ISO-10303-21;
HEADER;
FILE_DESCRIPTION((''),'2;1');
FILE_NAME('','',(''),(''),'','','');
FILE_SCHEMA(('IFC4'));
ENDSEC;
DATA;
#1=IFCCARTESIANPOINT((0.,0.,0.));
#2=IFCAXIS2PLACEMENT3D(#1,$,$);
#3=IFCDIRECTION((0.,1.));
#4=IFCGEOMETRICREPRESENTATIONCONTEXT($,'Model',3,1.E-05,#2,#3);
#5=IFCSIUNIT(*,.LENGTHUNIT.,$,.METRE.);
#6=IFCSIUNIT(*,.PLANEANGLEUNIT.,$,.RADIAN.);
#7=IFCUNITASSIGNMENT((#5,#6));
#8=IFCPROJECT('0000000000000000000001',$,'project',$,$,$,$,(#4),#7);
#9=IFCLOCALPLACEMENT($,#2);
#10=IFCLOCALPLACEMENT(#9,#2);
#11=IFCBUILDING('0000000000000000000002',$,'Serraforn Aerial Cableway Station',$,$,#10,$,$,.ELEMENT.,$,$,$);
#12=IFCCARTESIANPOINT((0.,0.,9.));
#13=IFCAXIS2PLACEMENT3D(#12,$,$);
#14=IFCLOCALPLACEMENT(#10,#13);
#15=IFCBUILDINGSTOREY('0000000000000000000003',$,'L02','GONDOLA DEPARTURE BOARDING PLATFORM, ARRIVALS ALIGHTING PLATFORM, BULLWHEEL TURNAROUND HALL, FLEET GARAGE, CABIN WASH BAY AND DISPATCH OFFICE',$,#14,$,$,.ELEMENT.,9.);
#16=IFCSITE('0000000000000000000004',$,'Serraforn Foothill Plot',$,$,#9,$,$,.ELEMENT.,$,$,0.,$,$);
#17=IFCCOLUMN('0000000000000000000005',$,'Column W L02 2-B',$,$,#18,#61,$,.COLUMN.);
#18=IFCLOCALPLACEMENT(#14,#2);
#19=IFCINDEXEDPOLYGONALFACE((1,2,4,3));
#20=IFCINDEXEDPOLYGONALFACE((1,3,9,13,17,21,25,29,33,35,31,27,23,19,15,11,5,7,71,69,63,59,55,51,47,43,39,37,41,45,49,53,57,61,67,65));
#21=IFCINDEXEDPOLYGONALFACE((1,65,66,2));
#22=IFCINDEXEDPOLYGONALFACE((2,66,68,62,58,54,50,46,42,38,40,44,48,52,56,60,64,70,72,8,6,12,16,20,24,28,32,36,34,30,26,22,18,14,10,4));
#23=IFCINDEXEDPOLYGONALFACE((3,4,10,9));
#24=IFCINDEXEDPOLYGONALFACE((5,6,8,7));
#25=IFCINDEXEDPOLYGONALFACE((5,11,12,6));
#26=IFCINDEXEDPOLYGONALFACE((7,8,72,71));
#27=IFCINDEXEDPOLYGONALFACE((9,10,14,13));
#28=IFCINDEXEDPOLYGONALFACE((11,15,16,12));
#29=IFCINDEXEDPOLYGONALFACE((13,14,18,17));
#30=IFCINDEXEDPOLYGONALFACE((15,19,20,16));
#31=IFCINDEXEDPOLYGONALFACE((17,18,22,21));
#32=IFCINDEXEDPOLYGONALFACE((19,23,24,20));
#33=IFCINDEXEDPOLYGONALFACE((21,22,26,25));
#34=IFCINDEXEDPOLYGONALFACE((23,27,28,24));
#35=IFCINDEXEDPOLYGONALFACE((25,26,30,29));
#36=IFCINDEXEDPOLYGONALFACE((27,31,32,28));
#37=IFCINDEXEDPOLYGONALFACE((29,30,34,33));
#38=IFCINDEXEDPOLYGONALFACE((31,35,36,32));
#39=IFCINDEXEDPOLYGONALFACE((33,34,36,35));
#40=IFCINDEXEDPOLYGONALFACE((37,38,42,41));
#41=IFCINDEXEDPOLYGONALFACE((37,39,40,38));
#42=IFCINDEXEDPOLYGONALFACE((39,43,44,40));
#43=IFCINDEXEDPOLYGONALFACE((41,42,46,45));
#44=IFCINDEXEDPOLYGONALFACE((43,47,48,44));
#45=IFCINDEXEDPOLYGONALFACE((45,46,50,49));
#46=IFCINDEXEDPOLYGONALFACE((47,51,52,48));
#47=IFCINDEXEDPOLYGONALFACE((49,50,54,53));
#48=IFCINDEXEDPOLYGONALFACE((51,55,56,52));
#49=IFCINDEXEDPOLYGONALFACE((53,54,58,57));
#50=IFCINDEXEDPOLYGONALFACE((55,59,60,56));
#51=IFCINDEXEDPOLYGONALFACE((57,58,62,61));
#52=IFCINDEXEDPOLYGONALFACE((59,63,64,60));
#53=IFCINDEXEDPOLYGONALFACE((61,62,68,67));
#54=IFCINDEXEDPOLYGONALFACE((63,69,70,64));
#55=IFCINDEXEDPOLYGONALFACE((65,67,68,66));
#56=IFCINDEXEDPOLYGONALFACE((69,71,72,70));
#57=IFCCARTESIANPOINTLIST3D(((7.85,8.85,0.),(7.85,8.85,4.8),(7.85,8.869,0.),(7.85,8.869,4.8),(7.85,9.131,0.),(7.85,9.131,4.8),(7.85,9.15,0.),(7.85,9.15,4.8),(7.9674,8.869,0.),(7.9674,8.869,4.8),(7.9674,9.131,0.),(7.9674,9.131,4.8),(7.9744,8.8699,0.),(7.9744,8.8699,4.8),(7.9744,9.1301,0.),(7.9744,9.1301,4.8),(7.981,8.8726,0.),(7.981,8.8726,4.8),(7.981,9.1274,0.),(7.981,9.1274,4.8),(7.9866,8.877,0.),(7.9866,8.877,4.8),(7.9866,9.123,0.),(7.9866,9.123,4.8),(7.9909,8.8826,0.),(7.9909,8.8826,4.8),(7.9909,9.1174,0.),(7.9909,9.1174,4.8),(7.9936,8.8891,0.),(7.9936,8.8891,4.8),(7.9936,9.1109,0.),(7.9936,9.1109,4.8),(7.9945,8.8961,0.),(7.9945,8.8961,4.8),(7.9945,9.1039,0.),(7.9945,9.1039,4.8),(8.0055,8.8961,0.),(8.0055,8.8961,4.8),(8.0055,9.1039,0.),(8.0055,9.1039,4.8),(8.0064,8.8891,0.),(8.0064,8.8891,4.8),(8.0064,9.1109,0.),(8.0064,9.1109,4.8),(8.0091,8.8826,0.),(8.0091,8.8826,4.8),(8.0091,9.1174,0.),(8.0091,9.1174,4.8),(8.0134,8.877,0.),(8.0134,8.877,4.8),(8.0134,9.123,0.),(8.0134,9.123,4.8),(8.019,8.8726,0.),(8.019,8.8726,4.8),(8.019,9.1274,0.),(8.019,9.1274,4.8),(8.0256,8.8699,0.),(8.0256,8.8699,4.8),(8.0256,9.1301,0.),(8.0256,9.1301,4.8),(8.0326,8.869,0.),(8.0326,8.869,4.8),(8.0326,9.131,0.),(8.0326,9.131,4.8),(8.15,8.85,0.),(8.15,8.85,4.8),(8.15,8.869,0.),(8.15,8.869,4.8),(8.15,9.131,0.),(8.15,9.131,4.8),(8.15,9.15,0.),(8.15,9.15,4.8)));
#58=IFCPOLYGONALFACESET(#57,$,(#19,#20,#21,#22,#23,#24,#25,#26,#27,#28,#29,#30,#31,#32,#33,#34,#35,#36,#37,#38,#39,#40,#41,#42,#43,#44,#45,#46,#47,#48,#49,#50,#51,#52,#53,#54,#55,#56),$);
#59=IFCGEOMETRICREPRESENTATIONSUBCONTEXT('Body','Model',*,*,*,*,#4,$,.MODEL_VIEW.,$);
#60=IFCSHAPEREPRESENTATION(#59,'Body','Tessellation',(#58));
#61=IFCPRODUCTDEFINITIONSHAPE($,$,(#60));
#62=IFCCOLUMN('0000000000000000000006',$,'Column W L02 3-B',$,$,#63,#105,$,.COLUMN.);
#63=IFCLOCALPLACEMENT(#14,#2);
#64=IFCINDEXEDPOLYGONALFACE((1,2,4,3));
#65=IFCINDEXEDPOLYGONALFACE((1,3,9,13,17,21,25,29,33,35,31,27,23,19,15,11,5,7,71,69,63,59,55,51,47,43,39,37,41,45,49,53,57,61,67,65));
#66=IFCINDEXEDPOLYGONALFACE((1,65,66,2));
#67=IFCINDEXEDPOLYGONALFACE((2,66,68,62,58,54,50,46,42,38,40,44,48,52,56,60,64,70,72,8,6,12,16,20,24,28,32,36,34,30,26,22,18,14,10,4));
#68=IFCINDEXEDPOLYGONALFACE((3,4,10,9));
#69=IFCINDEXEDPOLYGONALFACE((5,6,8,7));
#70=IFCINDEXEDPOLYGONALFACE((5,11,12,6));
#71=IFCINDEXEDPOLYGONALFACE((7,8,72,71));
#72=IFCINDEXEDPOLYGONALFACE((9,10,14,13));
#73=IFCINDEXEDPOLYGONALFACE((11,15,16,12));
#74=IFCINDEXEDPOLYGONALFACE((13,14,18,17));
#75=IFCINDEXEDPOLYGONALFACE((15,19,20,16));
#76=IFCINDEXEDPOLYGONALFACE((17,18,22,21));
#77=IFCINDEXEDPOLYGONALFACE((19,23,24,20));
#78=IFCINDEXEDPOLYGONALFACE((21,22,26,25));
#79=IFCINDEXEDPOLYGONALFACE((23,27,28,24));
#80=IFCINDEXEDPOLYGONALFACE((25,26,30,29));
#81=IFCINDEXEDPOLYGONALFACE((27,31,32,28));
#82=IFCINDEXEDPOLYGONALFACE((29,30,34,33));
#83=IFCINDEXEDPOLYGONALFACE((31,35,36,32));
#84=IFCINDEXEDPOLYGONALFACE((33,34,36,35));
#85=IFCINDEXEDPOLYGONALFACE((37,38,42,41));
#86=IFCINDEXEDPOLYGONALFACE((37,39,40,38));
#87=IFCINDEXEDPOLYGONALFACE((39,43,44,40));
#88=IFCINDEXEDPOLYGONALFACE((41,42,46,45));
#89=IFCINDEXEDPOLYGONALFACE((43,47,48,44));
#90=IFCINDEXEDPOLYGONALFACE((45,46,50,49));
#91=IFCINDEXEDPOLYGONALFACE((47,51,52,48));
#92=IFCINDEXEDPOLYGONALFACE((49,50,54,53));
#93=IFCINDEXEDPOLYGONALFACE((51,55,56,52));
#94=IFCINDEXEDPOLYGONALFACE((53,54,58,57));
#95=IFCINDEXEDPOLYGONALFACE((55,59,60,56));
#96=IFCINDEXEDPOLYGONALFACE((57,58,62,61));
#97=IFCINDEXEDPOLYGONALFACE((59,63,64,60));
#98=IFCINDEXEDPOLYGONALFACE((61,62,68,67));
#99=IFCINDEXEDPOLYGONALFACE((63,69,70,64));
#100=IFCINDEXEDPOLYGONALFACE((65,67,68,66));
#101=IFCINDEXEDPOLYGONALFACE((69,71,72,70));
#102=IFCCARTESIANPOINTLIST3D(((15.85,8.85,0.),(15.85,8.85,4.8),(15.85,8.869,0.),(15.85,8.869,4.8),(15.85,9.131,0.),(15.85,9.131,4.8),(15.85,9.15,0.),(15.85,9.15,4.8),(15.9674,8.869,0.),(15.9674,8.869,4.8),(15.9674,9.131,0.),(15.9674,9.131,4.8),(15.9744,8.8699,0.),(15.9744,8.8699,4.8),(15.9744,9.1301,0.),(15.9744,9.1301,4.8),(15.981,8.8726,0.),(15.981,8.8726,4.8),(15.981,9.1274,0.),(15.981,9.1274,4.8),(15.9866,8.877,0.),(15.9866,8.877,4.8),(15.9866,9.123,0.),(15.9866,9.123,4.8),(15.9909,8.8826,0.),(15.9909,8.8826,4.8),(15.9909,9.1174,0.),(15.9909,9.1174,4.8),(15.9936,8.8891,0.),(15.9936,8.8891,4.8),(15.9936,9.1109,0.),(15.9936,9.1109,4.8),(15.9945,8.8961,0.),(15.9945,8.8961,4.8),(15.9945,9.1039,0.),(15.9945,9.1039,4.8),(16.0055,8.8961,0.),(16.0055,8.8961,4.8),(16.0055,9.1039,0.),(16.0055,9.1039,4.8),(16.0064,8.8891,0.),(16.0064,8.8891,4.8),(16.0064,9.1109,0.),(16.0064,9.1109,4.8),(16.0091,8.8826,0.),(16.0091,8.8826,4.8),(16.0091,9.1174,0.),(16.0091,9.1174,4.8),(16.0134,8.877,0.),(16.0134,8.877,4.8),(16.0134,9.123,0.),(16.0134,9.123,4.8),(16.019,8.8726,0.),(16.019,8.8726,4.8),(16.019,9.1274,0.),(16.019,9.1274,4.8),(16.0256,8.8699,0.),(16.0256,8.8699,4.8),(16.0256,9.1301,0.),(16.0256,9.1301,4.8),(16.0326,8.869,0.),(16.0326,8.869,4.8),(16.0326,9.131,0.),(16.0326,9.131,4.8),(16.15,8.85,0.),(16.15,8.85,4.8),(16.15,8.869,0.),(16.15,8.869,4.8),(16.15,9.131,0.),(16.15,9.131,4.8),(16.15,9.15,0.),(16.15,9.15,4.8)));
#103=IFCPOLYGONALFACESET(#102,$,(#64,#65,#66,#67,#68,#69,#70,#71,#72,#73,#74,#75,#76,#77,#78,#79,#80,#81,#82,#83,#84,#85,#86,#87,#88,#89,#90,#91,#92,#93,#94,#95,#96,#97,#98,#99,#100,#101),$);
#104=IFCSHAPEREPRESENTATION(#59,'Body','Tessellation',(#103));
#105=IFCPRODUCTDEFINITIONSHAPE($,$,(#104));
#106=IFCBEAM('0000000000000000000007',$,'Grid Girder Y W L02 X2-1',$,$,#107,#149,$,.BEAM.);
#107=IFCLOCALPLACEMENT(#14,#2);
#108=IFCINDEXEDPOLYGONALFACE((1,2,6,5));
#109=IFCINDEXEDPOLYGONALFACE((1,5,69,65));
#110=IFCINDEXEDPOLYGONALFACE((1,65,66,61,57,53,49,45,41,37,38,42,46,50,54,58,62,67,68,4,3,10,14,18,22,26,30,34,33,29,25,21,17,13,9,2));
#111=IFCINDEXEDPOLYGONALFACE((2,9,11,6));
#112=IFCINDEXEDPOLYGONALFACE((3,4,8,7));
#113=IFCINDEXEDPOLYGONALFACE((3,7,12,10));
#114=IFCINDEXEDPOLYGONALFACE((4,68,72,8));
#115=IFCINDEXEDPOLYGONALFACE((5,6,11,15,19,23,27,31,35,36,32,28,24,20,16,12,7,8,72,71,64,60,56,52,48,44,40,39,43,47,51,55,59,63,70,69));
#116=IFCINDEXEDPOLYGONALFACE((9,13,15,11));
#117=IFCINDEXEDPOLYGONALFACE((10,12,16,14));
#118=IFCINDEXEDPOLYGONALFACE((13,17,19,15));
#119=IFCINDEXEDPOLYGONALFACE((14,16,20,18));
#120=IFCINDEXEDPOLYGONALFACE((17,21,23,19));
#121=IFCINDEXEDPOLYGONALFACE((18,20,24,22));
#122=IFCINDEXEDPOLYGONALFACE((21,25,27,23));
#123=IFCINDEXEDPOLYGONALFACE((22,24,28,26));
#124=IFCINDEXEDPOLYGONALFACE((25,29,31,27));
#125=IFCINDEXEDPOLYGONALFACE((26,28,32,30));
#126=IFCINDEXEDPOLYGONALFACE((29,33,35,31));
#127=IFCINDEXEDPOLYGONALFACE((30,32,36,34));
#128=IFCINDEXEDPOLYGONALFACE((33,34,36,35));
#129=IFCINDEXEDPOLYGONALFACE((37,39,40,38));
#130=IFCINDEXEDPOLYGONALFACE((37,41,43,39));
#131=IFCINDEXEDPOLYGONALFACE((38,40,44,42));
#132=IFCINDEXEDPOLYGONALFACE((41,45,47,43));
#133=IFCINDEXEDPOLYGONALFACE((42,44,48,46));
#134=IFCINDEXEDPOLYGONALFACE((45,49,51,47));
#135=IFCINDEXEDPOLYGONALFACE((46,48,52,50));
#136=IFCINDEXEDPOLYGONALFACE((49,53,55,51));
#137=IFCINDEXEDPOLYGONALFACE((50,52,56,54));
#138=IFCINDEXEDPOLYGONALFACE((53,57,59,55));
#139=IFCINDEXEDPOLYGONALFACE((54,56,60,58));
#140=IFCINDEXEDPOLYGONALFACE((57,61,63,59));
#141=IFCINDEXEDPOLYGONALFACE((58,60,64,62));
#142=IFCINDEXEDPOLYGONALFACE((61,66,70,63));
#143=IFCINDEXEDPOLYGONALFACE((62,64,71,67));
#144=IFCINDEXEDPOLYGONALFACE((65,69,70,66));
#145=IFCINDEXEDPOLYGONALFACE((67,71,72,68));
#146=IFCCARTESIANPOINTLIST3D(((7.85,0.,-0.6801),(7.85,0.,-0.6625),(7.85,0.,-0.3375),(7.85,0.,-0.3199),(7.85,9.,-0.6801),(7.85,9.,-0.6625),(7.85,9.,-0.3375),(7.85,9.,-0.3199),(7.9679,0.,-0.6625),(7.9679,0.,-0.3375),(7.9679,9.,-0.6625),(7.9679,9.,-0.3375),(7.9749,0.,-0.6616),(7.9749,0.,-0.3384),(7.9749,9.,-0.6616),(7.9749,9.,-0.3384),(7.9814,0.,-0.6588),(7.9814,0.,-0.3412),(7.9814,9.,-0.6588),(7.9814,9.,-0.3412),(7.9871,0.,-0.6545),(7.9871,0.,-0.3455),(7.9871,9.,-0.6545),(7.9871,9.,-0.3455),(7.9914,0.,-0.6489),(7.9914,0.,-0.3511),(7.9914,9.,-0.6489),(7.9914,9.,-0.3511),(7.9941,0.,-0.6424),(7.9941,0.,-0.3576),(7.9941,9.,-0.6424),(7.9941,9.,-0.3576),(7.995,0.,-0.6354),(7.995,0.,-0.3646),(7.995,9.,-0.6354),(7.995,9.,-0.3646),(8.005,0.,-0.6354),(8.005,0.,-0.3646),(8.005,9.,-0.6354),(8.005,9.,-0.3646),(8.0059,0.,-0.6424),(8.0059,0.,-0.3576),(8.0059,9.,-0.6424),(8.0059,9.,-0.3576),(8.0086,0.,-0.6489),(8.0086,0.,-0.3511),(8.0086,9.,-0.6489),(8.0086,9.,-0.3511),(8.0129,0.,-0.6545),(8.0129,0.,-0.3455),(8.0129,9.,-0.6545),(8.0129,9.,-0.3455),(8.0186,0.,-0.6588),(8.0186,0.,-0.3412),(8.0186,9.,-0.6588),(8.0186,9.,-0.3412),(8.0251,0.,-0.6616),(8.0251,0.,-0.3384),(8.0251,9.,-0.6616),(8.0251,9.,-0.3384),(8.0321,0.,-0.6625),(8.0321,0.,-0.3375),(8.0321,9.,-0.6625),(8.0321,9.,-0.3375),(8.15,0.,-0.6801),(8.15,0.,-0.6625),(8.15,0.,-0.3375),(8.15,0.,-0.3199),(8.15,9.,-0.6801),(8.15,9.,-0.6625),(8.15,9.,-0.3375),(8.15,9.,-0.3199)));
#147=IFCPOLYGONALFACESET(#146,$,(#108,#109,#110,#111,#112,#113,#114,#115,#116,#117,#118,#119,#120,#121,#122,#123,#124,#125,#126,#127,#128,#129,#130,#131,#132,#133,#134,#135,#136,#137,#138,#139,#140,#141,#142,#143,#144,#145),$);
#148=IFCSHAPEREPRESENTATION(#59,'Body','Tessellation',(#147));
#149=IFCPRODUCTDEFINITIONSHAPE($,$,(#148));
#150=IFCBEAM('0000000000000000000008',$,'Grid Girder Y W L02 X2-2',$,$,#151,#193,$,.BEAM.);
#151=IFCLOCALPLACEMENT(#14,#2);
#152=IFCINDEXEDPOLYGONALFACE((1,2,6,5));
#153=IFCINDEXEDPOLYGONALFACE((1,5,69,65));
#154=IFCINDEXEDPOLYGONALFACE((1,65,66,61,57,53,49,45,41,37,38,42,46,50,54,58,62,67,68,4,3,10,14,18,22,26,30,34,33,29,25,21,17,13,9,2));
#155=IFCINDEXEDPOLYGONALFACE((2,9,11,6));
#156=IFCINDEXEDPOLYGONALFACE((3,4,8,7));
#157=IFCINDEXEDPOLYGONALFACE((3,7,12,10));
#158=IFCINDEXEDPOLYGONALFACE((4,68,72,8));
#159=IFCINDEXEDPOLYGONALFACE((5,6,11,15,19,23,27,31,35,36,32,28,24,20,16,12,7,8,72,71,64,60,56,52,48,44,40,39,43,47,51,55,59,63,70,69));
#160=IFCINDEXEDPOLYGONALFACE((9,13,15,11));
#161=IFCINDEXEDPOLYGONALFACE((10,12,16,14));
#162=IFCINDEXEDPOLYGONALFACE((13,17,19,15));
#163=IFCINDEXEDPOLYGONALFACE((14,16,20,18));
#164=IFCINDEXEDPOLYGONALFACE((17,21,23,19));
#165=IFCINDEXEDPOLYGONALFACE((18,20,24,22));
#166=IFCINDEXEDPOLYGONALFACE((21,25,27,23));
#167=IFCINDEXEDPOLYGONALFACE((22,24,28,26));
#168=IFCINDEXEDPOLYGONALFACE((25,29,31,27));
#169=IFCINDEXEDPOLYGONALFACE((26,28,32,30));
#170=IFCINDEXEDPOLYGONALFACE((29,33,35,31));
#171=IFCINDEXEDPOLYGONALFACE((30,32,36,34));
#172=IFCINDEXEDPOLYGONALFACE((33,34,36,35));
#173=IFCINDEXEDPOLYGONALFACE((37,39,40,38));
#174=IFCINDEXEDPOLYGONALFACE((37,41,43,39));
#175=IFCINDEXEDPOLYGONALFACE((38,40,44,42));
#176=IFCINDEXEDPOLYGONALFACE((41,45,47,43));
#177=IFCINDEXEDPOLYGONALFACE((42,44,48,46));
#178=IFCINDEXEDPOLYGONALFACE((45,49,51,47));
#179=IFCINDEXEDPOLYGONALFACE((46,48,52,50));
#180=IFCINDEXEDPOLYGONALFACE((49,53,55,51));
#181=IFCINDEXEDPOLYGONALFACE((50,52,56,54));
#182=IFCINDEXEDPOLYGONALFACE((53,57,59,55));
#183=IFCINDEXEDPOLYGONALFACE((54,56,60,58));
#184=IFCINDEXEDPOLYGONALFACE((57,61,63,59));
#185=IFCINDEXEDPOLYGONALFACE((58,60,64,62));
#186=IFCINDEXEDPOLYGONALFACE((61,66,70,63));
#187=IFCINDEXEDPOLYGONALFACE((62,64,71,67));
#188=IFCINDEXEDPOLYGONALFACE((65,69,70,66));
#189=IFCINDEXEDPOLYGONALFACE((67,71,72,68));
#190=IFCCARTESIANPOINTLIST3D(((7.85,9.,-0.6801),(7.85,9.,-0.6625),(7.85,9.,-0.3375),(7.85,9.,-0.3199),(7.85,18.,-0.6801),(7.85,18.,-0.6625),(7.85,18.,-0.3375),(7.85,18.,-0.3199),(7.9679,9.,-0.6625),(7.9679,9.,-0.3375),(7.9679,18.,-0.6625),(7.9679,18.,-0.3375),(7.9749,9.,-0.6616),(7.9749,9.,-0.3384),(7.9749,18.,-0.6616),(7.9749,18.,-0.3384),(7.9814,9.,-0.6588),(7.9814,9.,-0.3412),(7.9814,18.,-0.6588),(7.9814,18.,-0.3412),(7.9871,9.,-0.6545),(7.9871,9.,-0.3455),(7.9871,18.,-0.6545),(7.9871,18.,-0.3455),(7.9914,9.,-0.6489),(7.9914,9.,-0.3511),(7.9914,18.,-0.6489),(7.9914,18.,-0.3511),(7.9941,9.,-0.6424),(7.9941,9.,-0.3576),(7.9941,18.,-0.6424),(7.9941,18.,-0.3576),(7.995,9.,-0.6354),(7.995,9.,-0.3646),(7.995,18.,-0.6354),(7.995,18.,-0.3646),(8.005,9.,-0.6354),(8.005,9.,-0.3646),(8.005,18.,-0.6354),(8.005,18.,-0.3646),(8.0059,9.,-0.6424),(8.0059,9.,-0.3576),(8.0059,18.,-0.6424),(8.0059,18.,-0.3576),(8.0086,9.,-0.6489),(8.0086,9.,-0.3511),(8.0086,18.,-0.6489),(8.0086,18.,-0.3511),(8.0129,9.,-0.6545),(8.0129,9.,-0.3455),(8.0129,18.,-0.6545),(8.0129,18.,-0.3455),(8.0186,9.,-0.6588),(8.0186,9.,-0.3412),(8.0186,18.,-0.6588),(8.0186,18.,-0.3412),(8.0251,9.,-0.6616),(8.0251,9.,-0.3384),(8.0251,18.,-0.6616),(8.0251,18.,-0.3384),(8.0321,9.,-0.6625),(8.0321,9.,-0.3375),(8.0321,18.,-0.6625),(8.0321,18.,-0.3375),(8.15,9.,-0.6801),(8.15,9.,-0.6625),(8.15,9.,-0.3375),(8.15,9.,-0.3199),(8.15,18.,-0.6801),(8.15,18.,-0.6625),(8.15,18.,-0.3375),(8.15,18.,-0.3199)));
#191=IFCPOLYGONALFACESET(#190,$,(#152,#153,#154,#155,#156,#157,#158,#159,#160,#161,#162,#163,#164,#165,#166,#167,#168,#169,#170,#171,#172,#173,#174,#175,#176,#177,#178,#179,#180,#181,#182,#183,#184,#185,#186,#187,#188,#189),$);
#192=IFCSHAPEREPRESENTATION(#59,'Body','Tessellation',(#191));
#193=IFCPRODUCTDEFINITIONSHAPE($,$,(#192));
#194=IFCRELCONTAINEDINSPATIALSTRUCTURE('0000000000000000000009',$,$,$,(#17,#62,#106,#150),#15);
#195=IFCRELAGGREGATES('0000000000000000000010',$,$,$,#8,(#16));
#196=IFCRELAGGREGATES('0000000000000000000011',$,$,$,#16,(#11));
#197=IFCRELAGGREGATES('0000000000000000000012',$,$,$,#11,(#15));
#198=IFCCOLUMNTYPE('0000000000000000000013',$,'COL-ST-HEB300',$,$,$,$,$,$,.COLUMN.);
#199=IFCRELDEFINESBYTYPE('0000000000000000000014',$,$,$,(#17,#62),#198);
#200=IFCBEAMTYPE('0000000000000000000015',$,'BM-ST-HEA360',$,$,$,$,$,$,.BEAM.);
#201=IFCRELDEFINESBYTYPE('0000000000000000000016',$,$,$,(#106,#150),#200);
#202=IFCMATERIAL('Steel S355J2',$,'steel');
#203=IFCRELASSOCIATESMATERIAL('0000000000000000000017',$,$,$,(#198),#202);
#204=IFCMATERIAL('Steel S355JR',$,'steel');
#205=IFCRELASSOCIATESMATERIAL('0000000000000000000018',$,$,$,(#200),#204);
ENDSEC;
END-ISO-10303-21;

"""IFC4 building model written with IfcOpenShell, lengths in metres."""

from ifc_helpers import new_model, si_unit, direction, frame, origin, origin_2d, place, context, subcontext, project, spatial, i_section, extrude, material, material_profile, profile_set, type_object, element, save


model = new_model("IFC4")

# Units and contexts
model_context = context("Model", 3, precision=1e-05, world=origin(), true_north=direction((0.0, 1.0)))
body_context = subcontext(model_context, "Body", "Model", "MODEL_VIEW")
ifc_project = project(units=[si_unit("LENGTHUNIT", "METRE"), si_unit("PLANEANGLEUNIT", "RADIAN")], contexts=[model_context])

# Site, building, storey
site_placement = place(None, origin())
site = spatial("IfcSite", under=ifc_project, at=site_placement, Name="Serraforn Foothill Plot", CompositionType="ELEMENT", RefElevation=0.0)
building_placement = place(site_placement, origin())
building = spatial("IfcBuilding", under=site, at=building_placement, Name="Serraforn Aerial Cableway Station", CompositionType="ELEMENT")
storey_placement = place(building_placement, frame((0.0, 0.0, 9.0)))
storey = spatial("IfcBuildingStorey", under=building, at=storey_placement, Name="L02", Description="GONDOLA DEPARTURE BOARDING PLATFORM, ARRIVALS ALIGHTING PLATFORM, BULLWHEEL TURNAROUND HALL, FLEET GARAGE, CABIN WASH BAY AND DISPATCH OFFICE", CompositionType="ELEMENT", Elevation=9.0)

# Columns
ifc_material_1 = material(Name="Steel S355J2", Category="steel")
ifc_material_profile_1 = material_profile(ifc_material_1, i_section(OverallWidth=0.3, OverallDepth=0.3, WebThickness=0.011, FlangeThickness=0.019, FilletRadius=0.0271, at=origin_2d()), Name="HEB 300")
ifc_profile_set_1 = profile_set([ifc_material_profile_1], Name="Steel S355J2")
column_type = type_object("IfcColumnType", Name="COL-ST-HEB300", PredefinedType="COLUMN", material=ifc_profile_set_1)
for number, where, z_axis, x_axis, name in (
    (1, (8.0, 9.0, 0.0), (0.0, 0.0, 1.0), (1.0, 0.0, 0.0), "Column W L02 2-B"),
    (2, (16.0, 9.0, 0.0), (0.0, 0.0, 1.0), (1.0, 0.0, 0.0), "Column W L02 3-B"),
):
    element("IfcColumn", number, at=place(storey_placement, frame(where, z_axis=z_axis, x_axis=x_axis)), inside=storey, type_object=column_type, Name=name, PredefinedType="COLUMN", context=body_context, shape_type="SweptSolid", body=[
        extrude(i_section(OverallWidth=0.3, OverallDepth=0.3, WebThickness=0.011, FlangeThickness=0.019, FilletRadius=0.0271, at=origin_2d()), origin(), (0.0, 0.0, 1.0), 4.8),
    ])

# Beams
ifc_material_2 = material(Name="Steel S355JR", Category="steel")
ifc_material_profile_2 = material_profile(ifc_material_2, i_section(OverallWidth=0.3, OverallDepth=0.3601, WebThickness=0.01, FlangeThickness=0.0176, FilletRadius=0.0271, at=origin_2d()), Name="HEA 360")
ifc_profile_set_2 = profile_set([ifc_material_profile_2], Name="Steel S355JR")
beam_type_1 = type_object("IfcBeamType", Name="BM-ST-HEA360", PredefinedType="BEAM", material=ifc_profile_set_2)
for number, where, z_axis, x_axis, name in (
    (3, (8.0, 0.0, -0.5), (0.0, 1.0, 0.0), (-1.0, 0.0, 0.0), "Grid Girder Y W L02 X2-1"),
    (4, (8.0, 9.0, -0.5), (0.0, 1.0, 0.0), (-1.0, 0.0, 0.0), "Grid Girder Y W L02 X2-2"),
):
    element("IfcBeam", number, at=place(storey_placement, frame(where, z_axis=z_axis, x_axis=x_axis)), inside=storey, type_object=beam_type_1, Name=name, PredefinedType="BEAM", context=body_context, shape_type="SweptSolid", body=[
        extrude(i_section(OverallWidth=0.3, OverallDepth=0.3601, WebThickness=0.01, FlangeThickness=0.0176, FilletRadius=0.0271, at=origin_2d()), origin(), (0.0, 0.0, 1.0), 9.0),
    ])

save(model, "model.ifc")
